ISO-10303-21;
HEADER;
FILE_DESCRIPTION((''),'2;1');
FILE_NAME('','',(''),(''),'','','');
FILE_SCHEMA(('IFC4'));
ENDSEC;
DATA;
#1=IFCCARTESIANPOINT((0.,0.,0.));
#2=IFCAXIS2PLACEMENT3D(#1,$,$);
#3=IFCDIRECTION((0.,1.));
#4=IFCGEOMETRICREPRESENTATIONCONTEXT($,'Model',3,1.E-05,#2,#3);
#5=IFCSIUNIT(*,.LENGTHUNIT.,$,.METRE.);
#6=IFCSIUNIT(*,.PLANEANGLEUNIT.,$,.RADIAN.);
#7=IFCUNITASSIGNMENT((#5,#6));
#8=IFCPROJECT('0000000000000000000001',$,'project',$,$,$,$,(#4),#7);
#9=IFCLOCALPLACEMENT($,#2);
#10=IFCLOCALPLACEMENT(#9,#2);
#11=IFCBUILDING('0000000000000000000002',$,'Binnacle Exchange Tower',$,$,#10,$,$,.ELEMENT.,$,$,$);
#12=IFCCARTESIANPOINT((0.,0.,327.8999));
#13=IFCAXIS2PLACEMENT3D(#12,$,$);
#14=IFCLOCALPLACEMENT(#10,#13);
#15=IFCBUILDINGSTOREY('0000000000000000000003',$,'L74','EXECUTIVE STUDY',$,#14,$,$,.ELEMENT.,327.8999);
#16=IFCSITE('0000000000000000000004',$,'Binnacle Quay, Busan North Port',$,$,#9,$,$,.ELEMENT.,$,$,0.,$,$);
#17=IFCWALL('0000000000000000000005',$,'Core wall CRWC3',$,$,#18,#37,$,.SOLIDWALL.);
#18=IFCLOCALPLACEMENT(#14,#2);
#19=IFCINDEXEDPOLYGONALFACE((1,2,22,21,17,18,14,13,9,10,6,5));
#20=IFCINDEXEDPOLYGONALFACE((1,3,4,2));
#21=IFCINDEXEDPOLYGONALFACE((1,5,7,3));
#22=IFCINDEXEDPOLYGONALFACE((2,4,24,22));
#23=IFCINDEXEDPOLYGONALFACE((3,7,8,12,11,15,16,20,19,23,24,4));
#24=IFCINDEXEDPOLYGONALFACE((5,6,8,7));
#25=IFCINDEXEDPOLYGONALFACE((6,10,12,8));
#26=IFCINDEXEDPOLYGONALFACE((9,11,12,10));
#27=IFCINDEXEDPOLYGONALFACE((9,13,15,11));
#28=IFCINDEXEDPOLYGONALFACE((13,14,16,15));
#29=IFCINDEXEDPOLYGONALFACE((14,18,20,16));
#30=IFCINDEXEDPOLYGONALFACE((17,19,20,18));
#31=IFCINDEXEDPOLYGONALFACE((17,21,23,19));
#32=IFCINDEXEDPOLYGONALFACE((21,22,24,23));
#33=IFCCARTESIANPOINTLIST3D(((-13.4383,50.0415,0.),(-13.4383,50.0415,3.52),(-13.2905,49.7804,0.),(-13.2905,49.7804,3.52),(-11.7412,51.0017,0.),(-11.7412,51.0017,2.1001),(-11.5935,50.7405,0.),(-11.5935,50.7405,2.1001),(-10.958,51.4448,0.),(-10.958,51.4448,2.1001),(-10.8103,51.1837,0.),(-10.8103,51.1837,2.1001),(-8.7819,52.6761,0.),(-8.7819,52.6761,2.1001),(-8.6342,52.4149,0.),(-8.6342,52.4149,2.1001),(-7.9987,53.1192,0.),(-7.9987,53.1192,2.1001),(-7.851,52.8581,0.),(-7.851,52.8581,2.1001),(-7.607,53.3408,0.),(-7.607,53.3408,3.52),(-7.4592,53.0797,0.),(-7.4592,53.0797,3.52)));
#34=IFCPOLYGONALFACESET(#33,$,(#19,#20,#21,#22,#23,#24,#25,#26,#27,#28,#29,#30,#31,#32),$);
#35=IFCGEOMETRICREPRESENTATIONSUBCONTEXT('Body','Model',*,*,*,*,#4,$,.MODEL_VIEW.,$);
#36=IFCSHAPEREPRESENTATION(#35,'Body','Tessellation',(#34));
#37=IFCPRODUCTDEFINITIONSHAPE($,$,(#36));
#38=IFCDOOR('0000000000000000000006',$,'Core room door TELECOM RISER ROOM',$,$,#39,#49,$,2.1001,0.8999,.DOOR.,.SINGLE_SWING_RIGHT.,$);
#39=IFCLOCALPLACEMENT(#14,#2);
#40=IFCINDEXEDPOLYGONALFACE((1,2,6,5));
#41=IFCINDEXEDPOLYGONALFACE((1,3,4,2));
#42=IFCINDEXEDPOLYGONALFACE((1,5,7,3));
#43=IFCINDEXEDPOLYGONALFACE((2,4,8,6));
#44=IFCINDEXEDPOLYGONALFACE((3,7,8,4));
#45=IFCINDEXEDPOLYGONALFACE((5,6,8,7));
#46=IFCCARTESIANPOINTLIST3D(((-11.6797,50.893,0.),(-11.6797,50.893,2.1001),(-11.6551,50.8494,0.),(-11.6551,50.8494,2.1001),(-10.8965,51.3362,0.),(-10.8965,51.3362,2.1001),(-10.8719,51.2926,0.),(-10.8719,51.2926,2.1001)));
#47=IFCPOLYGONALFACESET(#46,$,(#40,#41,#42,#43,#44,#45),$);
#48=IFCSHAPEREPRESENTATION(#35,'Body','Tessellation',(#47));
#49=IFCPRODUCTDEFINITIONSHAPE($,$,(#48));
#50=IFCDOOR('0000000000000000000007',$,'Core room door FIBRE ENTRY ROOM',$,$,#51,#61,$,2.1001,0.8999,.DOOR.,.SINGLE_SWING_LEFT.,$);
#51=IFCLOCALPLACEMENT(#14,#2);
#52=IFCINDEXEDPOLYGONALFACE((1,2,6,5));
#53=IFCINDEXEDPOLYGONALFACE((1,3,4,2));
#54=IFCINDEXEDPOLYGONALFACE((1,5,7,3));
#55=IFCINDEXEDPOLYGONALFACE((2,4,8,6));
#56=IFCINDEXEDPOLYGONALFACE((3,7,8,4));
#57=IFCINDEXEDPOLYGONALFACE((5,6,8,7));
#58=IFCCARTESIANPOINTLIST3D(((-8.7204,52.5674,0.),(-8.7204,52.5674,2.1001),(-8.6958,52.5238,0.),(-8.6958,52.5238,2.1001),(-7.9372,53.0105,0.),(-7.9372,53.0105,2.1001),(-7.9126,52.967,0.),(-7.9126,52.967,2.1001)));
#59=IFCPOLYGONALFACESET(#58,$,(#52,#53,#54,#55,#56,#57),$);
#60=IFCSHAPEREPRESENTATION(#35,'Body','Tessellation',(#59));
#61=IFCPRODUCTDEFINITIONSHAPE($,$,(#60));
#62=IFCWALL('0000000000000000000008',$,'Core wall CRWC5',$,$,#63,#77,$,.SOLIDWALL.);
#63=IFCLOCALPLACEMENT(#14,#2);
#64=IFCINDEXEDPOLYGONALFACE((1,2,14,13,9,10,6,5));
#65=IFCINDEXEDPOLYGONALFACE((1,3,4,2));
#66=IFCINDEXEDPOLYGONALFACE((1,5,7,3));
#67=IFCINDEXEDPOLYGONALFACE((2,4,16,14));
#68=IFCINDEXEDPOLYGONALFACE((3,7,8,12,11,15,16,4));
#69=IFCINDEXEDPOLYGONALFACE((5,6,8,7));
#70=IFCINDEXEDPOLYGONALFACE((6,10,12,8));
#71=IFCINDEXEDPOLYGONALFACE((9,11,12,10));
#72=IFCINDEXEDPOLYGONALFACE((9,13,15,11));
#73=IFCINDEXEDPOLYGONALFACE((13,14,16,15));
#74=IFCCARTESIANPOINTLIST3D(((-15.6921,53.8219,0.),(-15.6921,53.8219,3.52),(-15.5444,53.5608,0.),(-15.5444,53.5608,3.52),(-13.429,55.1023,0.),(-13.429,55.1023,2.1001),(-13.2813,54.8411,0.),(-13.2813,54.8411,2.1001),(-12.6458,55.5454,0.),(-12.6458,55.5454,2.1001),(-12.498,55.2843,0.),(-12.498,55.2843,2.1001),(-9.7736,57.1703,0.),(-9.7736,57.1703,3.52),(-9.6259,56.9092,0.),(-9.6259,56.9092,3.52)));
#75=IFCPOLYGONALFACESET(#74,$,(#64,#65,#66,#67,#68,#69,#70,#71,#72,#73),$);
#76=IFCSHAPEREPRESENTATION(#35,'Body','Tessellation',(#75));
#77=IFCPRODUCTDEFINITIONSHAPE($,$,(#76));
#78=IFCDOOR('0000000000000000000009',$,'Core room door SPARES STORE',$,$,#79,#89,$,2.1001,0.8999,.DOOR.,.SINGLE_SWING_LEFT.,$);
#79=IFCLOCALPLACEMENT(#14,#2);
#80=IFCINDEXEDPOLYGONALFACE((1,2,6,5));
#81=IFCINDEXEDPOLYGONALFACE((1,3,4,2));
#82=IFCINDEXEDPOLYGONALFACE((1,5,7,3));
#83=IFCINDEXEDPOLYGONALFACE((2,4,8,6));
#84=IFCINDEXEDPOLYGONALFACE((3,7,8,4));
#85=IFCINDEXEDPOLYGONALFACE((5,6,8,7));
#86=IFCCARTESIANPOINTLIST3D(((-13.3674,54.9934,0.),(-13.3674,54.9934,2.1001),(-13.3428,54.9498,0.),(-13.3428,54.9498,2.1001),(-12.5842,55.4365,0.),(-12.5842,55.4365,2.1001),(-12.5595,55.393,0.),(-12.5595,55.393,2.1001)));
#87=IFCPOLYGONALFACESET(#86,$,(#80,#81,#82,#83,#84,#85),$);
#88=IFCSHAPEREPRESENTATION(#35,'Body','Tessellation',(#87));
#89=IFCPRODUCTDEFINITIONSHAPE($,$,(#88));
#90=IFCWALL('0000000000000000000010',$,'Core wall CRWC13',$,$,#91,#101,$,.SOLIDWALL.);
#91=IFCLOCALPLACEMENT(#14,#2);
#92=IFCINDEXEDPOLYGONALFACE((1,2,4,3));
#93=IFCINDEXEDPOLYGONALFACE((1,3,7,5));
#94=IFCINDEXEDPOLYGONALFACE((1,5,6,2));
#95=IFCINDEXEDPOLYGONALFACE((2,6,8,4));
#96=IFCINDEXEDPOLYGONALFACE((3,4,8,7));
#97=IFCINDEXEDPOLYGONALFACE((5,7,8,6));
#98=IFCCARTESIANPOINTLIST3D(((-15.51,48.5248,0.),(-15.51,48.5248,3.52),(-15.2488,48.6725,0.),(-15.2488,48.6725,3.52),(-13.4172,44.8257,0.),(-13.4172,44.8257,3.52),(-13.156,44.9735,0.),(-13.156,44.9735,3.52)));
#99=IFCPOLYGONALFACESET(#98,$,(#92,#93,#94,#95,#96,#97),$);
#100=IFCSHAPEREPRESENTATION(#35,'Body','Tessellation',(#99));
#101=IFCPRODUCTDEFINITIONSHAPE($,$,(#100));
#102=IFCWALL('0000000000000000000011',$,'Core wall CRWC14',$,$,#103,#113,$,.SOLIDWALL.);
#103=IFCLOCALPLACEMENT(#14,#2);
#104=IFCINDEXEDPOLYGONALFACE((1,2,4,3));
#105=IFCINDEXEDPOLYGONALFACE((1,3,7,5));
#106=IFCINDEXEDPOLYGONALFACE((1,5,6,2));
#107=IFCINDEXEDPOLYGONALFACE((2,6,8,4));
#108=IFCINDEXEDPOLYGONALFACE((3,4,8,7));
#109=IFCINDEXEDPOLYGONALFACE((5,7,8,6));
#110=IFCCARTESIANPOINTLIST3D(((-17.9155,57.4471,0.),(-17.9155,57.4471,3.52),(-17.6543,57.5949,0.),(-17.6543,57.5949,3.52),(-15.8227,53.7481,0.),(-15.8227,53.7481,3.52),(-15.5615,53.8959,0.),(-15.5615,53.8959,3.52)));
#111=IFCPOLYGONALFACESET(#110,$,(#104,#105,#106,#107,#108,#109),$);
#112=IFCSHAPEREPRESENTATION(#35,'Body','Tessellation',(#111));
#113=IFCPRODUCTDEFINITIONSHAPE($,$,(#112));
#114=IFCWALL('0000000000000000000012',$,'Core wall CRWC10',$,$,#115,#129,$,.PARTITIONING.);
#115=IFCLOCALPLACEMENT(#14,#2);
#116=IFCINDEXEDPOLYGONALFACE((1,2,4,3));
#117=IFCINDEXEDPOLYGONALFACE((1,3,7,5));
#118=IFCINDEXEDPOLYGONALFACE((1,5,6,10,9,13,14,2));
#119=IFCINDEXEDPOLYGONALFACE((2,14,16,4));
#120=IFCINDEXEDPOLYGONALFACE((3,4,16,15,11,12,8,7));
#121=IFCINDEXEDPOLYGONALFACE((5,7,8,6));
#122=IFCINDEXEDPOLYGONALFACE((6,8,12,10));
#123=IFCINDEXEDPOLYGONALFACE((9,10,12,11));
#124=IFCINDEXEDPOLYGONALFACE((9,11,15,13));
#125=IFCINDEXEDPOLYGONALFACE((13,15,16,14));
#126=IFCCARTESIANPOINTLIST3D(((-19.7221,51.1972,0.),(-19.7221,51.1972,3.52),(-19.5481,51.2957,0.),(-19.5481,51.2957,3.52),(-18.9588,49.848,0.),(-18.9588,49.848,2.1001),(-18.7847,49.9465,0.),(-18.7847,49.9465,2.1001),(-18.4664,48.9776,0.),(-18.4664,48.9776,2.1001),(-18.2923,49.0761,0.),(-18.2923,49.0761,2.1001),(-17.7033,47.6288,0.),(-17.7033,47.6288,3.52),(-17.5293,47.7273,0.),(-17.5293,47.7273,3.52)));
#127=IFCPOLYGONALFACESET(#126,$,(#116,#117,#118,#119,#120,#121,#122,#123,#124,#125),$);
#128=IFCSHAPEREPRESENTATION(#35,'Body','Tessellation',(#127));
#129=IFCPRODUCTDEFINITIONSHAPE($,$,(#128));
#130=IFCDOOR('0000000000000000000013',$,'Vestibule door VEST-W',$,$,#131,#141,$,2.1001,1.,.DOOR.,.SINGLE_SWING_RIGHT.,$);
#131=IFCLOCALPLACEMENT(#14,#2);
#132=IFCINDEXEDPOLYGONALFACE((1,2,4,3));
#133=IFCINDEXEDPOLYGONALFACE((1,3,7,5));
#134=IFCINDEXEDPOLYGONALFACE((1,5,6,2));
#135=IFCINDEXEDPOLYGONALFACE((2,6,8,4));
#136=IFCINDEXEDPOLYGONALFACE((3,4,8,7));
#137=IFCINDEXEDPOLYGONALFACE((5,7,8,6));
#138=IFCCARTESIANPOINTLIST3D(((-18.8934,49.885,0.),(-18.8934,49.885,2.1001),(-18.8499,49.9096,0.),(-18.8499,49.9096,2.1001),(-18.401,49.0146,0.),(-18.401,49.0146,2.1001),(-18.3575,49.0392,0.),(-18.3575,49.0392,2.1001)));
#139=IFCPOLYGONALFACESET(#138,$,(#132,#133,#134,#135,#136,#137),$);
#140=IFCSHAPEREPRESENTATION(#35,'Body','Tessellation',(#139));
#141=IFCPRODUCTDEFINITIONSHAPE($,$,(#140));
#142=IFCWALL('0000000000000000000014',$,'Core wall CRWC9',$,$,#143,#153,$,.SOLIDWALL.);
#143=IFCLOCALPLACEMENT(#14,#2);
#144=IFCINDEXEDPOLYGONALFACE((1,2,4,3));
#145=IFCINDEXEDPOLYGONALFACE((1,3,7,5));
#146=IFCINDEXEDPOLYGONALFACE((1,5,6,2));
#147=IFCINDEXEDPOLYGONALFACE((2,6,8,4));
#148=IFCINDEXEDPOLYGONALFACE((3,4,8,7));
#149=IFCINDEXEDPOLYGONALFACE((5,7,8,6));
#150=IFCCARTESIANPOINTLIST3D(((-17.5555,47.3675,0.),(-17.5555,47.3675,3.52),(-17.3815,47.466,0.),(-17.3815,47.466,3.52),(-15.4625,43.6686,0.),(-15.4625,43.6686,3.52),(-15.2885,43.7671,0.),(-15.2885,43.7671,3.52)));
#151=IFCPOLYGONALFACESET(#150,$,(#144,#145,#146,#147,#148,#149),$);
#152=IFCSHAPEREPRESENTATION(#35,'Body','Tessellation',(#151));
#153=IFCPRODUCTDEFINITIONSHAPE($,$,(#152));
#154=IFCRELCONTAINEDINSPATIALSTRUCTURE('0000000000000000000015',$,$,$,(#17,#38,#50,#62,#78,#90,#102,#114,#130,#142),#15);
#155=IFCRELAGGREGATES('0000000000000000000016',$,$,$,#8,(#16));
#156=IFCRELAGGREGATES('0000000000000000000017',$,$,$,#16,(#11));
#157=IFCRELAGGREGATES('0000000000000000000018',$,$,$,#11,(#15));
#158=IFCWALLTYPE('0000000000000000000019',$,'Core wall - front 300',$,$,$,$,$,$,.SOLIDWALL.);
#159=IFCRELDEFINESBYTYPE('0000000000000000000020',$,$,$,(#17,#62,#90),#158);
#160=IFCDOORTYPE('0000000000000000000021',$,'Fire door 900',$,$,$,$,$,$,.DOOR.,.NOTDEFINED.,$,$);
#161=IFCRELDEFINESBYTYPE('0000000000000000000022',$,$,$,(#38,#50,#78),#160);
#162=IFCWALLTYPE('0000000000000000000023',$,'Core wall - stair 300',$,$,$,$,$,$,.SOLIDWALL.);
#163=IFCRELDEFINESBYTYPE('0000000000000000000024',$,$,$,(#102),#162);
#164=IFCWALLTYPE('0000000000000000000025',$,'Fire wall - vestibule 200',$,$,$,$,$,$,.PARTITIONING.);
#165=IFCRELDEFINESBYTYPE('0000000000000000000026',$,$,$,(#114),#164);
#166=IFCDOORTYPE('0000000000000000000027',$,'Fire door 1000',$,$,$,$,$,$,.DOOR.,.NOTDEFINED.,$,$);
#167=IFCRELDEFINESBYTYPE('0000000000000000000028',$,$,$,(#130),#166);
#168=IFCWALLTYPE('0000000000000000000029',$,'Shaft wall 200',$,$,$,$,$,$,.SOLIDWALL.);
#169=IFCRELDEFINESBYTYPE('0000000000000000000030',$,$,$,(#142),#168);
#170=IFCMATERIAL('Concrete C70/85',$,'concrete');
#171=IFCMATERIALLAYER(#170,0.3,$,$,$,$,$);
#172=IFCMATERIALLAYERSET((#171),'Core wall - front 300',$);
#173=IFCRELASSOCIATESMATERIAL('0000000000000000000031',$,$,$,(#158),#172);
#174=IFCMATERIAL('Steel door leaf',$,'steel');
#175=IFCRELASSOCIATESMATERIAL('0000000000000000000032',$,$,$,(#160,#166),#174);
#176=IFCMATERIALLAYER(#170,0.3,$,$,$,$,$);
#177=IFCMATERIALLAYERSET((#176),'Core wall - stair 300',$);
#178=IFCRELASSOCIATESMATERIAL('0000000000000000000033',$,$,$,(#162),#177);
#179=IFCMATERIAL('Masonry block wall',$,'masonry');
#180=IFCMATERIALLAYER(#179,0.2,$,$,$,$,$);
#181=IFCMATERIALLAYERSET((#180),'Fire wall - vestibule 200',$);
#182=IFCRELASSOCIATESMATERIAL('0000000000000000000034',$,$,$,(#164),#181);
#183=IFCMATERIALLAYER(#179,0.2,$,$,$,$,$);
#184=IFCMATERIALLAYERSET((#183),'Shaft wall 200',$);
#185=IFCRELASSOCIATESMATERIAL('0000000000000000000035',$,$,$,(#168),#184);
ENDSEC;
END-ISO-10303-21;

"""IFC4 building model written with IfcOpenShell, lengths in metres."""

from ifc_helpers import new_model, si_unit, direction, frame, frame_2d, origin, place, context, subcontext, project, spatial, rectangle, extrude, material, layer, layer_set, type_object, element, fill, save


model = new_model("IFC4")

# Units and contexts
model_context = context("Model", 3, precision=1e-05, world=origin(), true_north=direction((0.0, 1.0)))
body_context = subcontext(model_context, "Body", "Model", "MODEL_VIEW")
ifc_project = project(units=[si_unit("LENGTHUNIT", "METRE"), si_unit("PLANEANGLEUNIT", "RADIAN")], contexts=[model_context])

# Site, building, storey
site_placement = place(None, origin())
site = spatial("IfcSite", under=ifc_project, at=site_placement, Name="Binnacle Quay, Busan North Port", CompositionType="ELEMENT", RefElevation=0.0)
building_placement = place(site_placement, origin())
building = spatial("IfcBuilding", under=site, at=building_placement, Name="Binnacle Exchange Tower", CompositionType="ELEMENT")
storey_placement = place(building_placement, frame((0.0, 0.0, 327.8999)))
storey = spatial("IfcBuildingStorey", under=building, at=storey_placement, Name="L74", Description="EXECUTIVE STUDY", CompositionType="ELEMENT", Elevation=327.8999)

# Wall, openings, doors
ifc_material_1 = material(Name="Concrete C70/85", Category="concrete")
ifc_layer_1 = layer(ifc_material_1, 0.3)
ifc_layer_set_1 = layer_set([ifc_layer_1], Name="Core wall - front 300")
wall_type_1 = type_object("IfcWallType", Name="Core wall - front 300", PredefinedType="SOLIDWALL", material=ifc_layer_set_1)
wall_1_placement = place(storey_placement, frame((-13.3645, 49.9109, 0.0), z_axis=(0.0, 0.0, 1.0), x_axis=(0.870348, 0.492438, 0.0)))
wall_1 = element("IfcWall", 1, at=wall_1_placement, inside=storey, type_object=wall_type_1, Name="Core wall CRWC3", PredefinedType="SOLIDWALL", context=body_context, shape_type="SweptSolid", body=[
    extrude(rectangle(XDim=6.7, YDim=0.3, at=frame_2d((3.3501, 0.0))), origin(), (0.0, 0.0, 1.0), 3.52),
])
opening_1_placement = place(wall_1_placement, frame((1.95, 0.0, 0.0)))
opening_1 = element("IfcOpeningElement", 2, at=opening_1_placement, cuts=wall_1, PredefinedType="OPENING", context=body_context, shape_type="SweptSolid", body=[
    extrude(rectangle(XDim=0.8999, YDim=2.1001, at=frame_2d((0.45, 1.05))), frame((0.0, 0.1599, 0.0), z_axis=(0.0, -1.0, 0.0), x_axis=(1.0, 0.0, 0.0)), (0.0, 0.0, 1.0), 0.3201),
])
opening_2_placement = place(wall_1_placement, frame((5.3501, 0.0, 0.0)))
opening_2 = element("IfcOpeningElement", 3, at=opening_2_placement, cuts=wall_1, PredefinedType="OPENING", context=body_context, shape_type="SweptSolid", body=[
    extrude(rectangle(XDim=0.8999, YDim=2.1001, at=frame_2d((0.45, 1.05))), frame((0.0, 0.1599, 0.0), z_axis=(0.0, -1.0, 0.0), x_axis=(1.0, 0.0, 0.0)), (0.0, 0.0, 1.0), 0.3201),
])
ifc_material_2 = material(Name="Steel door leaf", Category="steel")
door_type_1 = type_object("IfcDoorType", Name="Fire door 900", OperationType="NOTDEFINED", PredefinedType="DOOR", material=ifc_material_2)
door_1_placement = place(opening_1_placement, frame((0.8999, 0.0, 0.0), z_axis=(0.0, 0.0, 1.0), x_axis=(-1.0, 0.0, 0.0)))
door_1 = element("IfcDoor", 4, at=door_1_placement, inside=storey, type_object=door_type_1, Name="Core room door TELECOM RISER ROOM", OperationType="SINGLE_SWING_RIGHT", OverallHeight=2.1001, OverallWidth=0.8999, PredefinedType="DOOR", context=body_context, shape_type="SweptSolid", body=[
    extrude(rectangle(XDim=0.8999, YDim=2.1001, at=frame_2d((0.45, 1.05))), frame((0.0, 0.0249, 0.0), z_axis=(0.0, -1.0, 0.0), x_axis=(1.0, 0.0, 0.0)), (0.0, 0.0, 1.0), 0.05),
])
fill(opening_1, door_1)
door_2_placement = place(opening_2_placement, frame((0.8999, 0.0, 0.0), z_axis=(0.0, 0.0, 1.0), x_axis=(-1.0, 0.0, 0.0)))
door_2 = element("IfcDoor", 5, at=door_2_placement, inside=storey, type_object=door_type_1, Name="Core room door FIBRE ENTRY ROOM", OperationType="SINGLE_SWING_LEFT", OverallHeight=2.1001, OverallWidth=0.8999, PredefinedType="DOOR", context=body_context, shape_type="SweptSolid", body=[
    extrude(rectangle(XDim=0.8999, YDim=2.1001, at=frame_2d((0.45, 1.05))), frame((0.0, 0.0249, 0.0), z_axis=(0.0, -1.0, 0.0), x_axis=(1.0, 0.0, 0.0)), (0.0, 0.0, 1.0), 0.05),
])
fill(opening_2, door_2)

# Wall, opening, door
wall_2_placement = place(storey_placement, frame((-15.6182, 53.6914, 0.0), z_axis=(0.0, 0.0, 1.0), x_axis=(0.870363, 0.492411, 0.0)))
wall_2 = element("IfcWall", 6, at=wall_2_placement, inside=storey, type_object=wall_type_1, Name="Core wall CRWC5", PredefinedType="SOLIDWALL", context=body_context, shape_type="SweptSolid", body=[
    extrude(rectangle(XDim=6.8, YDim=0.3, at=frame_2d((3.3999, 0.0))), origin(), (0.0, 0.0, 1.0), 3.52),
])
opening_3_placement = place(wall_2_placement, frame((2.6001, 0.0, 0.0)))
opening_3 = element("IfcOpeningElement", 7, at=opening_3_placement, cuts=wall_2, PredefinedType="OPENING", context=body_context, shape_type="SweptSolid", body=[
    extrude(rectangle(XDim=0.8999, YDim=2.1001, at=frame_2d((0.45, 1.05))), frame((0.0, 0.1599, 0.0), z_axis=(0.0, -1.0, 0.0), x_axis=(1.0, 0.0, 0.0)), (0.0, 0.0, 1.0), 0.3201),
])
door_3_placement = place(opening_3_placement, origin())
door_3 = element("IfcDoor", 8, at=door_3_placement, inside=storey, type_object=door_type_1, Name="Core room door SPARES STORE", OperationType="SINGLE_SWING_LEFT", OverallHeight=2.1001, OverallWidth=0.8999, PredefinedType="DOOR", context=body_context, shape_type="SweptSolid", body=[
    extrude(rectangle(XDim=0.8999, YDim=2.1001, at=frame_2d((0.45, 1.05))), frame((0.0, 0.0249, 0.0), z_axis=(0.0, -1.0, 0.0), x_axis=(1.0, 0.0, 0.0)), (0.0, 0.0, 1.0), 0.05),
])
fill(opening_3, door_3)

# Walls
wall_3_placement = place(storey_placement, frame((-15.3794, 48.5986, 0.0), z_axis=(0.0, 0.0, 1.0), x_axis=(0.492423, -0.870356, 0.0)))
element("IfcWall", 9, at=wall_3_placement, inside=storey, type_object=wall_type_1, Name="Core wall CRWC13", PredefinedType="SOLIDWALL", context=body_context, shape_type="SweptSolid", body=[
    extrude(rectangle(XDim=4.25, YDim=0.3, at=frame_2d((2.125, 0.0))), origin(), (0.0, 0.0, 1.0), 3.52),
])
ifc_layer_2 = layer(ifc_material_1, 0.3)
ifc_layer_set_2 = layer_set([ifc_layer_2], Name="Core wall - stair 300")
wall_type_2 = type_object("IfcWallType", Name="Core wall - stair 300", PredefinedType="SOLIDWALL", material=ifc_layer_set_2)
wall_4_placement = place(storey_placement, frame((-17.7849, 57.521, 0.0), z_axis=(0.0, 0.0, 1.0), x_axis=(0.492423, -0.870356, 0.0)))
element("IfcWall", 10, at=wall_4_placement, inside=storey, type_object=wall_type_2, Name="Core wall CRWC14", PredefinedType="SOLIDWALL", context=body_context, shape_type="SweptSolid", body=[
    extrude(rectangle(XDim=4.25, YDim=0.3, at=frame_2d((2.125, 0.0))), origin(), (0.0, 0.0, 1.0), 3.52),
])

# Wall, opening, door
ifc_material_3 = material(Name="Masonry block wall", Category="masonry")
ifc_layer_3 = layer(ifc_material_3, 0.2)
ifc_layer_set_3 = layer_set([ifc_layer_3], Name="Fire wall - vestibule 200")
wall_type_3 = type_object("IfcWallType", Name="Fire wall - vestibule 200", PredefinedType="PARTITIONING", material=ifc_layer_set_3)
wall_5_placement = place(storey_placement, frame((-19.635, 51.2463, 0.0), z_axis=(0.0, 0.0, 1.0), x_axis=(0.492408, -0.870364, 0.0)))
wall_5 = element("IfcWall", 11, at=wall_5_placement, inside=storey, type_object=wall_type_3, Name="Core wall CRWC10", PredefinedType="PARTITIONING", context=body_context, shape_type="SweptSolid", body=[
    extrude(rectangle(XDim=4.0999, YDim=0.2, at=frame_2d((2.0498, 0.0))), origin(), (0.0, 0.0, 1.0), 3.52),
])
opening_4_placement = place(wall_5_placement, frame((1.55, 0.0, 0.0)))
opening_4 = element("IfcOpeningElement", 12, at=opening_4_placement, cuts=wall_5, PredefinedType="OPENING", context=body_context, shape_type="SweptSolid", body=[
    extrude(rectangle(XDim=1.0, YDim=2.1001, at=frame_2d((0.5, 1.05))), frame((0.0, 0.1099, 0.0), z_axis=(0.0, -1.0, 0.0), x_axis=(1.0, 0.0, 0.0)), (0.0, 0.0, 1.0), 0.22),
])
door_type_2 = type_object("IfcDoorType", Name="Fire door 1000", OperationType="NOTDEFINED", PredefinedType="DOOR", material=ifc_material_2)
door_4_placement = place(opening_4_placement, frame((1.0, 0.0, 0.0), z_axis=(0.0, 0.0, 1.0), x_axis=(-1.0, 0.0, 0.0)))
door_4 = element("IfcDoor", 13, at=door_4_placement, inside=storey, type_object=door_type_2, Name="Vestibule door VEST-W", OperationType="SINGLE_SWING_RIGHT", OverallHeight=2.1001, OverallWidth=1.0, PredefinedType="DOOR", context=body_context, shape_type="SweptSolid", body=[
    extrude(rectangle(XDim=1.0, YDim=2.1001, at=frame_2d((0.5, 1.05))), frame((0.0, 0.0249, 0.0), z_axis=(0.0, -1.0, 0.0), x_axis=(1.0, 0.0, 0.0)), (0.0, 0.0, 1.0), 0.05),
])
fill(opening_4, door_4)

# Wall
ifc_layer_4 = layer(ifc_material_3, 0.2)
ifc_layer_set_4 = layer_set([ifc_layer_4], Name="Shaft wall 200")
wall_type_4 = type_object("IfcWallType", Name="Shaft wall 200", PredefinedType="SOLIDWALL", material=ifc_layer_set_4)
wall_6_placement = place(storey_placement, frame((-17.4685, 47.4167, 0.0), z_axis=(0.0, 0.0, 1.0), x_axis=(0.492466, -0.870332, 0.0)))
element("IfcWall", 14, at=wall_6_placement, inside=storey, type_object=wall_type_4, Name="Core wall CRWC9", PredefinedType="SOLIDWALL", context=body_context, shape_type="SweptSolid", body=[
    extrude(rectangle(XDim=4.25, YDim=0.2, at=frame_2d((2.125, 0.0))), origin(), (0.0, 0.0, 1.0), 3.52),
])

save(model, "model.ifc")
